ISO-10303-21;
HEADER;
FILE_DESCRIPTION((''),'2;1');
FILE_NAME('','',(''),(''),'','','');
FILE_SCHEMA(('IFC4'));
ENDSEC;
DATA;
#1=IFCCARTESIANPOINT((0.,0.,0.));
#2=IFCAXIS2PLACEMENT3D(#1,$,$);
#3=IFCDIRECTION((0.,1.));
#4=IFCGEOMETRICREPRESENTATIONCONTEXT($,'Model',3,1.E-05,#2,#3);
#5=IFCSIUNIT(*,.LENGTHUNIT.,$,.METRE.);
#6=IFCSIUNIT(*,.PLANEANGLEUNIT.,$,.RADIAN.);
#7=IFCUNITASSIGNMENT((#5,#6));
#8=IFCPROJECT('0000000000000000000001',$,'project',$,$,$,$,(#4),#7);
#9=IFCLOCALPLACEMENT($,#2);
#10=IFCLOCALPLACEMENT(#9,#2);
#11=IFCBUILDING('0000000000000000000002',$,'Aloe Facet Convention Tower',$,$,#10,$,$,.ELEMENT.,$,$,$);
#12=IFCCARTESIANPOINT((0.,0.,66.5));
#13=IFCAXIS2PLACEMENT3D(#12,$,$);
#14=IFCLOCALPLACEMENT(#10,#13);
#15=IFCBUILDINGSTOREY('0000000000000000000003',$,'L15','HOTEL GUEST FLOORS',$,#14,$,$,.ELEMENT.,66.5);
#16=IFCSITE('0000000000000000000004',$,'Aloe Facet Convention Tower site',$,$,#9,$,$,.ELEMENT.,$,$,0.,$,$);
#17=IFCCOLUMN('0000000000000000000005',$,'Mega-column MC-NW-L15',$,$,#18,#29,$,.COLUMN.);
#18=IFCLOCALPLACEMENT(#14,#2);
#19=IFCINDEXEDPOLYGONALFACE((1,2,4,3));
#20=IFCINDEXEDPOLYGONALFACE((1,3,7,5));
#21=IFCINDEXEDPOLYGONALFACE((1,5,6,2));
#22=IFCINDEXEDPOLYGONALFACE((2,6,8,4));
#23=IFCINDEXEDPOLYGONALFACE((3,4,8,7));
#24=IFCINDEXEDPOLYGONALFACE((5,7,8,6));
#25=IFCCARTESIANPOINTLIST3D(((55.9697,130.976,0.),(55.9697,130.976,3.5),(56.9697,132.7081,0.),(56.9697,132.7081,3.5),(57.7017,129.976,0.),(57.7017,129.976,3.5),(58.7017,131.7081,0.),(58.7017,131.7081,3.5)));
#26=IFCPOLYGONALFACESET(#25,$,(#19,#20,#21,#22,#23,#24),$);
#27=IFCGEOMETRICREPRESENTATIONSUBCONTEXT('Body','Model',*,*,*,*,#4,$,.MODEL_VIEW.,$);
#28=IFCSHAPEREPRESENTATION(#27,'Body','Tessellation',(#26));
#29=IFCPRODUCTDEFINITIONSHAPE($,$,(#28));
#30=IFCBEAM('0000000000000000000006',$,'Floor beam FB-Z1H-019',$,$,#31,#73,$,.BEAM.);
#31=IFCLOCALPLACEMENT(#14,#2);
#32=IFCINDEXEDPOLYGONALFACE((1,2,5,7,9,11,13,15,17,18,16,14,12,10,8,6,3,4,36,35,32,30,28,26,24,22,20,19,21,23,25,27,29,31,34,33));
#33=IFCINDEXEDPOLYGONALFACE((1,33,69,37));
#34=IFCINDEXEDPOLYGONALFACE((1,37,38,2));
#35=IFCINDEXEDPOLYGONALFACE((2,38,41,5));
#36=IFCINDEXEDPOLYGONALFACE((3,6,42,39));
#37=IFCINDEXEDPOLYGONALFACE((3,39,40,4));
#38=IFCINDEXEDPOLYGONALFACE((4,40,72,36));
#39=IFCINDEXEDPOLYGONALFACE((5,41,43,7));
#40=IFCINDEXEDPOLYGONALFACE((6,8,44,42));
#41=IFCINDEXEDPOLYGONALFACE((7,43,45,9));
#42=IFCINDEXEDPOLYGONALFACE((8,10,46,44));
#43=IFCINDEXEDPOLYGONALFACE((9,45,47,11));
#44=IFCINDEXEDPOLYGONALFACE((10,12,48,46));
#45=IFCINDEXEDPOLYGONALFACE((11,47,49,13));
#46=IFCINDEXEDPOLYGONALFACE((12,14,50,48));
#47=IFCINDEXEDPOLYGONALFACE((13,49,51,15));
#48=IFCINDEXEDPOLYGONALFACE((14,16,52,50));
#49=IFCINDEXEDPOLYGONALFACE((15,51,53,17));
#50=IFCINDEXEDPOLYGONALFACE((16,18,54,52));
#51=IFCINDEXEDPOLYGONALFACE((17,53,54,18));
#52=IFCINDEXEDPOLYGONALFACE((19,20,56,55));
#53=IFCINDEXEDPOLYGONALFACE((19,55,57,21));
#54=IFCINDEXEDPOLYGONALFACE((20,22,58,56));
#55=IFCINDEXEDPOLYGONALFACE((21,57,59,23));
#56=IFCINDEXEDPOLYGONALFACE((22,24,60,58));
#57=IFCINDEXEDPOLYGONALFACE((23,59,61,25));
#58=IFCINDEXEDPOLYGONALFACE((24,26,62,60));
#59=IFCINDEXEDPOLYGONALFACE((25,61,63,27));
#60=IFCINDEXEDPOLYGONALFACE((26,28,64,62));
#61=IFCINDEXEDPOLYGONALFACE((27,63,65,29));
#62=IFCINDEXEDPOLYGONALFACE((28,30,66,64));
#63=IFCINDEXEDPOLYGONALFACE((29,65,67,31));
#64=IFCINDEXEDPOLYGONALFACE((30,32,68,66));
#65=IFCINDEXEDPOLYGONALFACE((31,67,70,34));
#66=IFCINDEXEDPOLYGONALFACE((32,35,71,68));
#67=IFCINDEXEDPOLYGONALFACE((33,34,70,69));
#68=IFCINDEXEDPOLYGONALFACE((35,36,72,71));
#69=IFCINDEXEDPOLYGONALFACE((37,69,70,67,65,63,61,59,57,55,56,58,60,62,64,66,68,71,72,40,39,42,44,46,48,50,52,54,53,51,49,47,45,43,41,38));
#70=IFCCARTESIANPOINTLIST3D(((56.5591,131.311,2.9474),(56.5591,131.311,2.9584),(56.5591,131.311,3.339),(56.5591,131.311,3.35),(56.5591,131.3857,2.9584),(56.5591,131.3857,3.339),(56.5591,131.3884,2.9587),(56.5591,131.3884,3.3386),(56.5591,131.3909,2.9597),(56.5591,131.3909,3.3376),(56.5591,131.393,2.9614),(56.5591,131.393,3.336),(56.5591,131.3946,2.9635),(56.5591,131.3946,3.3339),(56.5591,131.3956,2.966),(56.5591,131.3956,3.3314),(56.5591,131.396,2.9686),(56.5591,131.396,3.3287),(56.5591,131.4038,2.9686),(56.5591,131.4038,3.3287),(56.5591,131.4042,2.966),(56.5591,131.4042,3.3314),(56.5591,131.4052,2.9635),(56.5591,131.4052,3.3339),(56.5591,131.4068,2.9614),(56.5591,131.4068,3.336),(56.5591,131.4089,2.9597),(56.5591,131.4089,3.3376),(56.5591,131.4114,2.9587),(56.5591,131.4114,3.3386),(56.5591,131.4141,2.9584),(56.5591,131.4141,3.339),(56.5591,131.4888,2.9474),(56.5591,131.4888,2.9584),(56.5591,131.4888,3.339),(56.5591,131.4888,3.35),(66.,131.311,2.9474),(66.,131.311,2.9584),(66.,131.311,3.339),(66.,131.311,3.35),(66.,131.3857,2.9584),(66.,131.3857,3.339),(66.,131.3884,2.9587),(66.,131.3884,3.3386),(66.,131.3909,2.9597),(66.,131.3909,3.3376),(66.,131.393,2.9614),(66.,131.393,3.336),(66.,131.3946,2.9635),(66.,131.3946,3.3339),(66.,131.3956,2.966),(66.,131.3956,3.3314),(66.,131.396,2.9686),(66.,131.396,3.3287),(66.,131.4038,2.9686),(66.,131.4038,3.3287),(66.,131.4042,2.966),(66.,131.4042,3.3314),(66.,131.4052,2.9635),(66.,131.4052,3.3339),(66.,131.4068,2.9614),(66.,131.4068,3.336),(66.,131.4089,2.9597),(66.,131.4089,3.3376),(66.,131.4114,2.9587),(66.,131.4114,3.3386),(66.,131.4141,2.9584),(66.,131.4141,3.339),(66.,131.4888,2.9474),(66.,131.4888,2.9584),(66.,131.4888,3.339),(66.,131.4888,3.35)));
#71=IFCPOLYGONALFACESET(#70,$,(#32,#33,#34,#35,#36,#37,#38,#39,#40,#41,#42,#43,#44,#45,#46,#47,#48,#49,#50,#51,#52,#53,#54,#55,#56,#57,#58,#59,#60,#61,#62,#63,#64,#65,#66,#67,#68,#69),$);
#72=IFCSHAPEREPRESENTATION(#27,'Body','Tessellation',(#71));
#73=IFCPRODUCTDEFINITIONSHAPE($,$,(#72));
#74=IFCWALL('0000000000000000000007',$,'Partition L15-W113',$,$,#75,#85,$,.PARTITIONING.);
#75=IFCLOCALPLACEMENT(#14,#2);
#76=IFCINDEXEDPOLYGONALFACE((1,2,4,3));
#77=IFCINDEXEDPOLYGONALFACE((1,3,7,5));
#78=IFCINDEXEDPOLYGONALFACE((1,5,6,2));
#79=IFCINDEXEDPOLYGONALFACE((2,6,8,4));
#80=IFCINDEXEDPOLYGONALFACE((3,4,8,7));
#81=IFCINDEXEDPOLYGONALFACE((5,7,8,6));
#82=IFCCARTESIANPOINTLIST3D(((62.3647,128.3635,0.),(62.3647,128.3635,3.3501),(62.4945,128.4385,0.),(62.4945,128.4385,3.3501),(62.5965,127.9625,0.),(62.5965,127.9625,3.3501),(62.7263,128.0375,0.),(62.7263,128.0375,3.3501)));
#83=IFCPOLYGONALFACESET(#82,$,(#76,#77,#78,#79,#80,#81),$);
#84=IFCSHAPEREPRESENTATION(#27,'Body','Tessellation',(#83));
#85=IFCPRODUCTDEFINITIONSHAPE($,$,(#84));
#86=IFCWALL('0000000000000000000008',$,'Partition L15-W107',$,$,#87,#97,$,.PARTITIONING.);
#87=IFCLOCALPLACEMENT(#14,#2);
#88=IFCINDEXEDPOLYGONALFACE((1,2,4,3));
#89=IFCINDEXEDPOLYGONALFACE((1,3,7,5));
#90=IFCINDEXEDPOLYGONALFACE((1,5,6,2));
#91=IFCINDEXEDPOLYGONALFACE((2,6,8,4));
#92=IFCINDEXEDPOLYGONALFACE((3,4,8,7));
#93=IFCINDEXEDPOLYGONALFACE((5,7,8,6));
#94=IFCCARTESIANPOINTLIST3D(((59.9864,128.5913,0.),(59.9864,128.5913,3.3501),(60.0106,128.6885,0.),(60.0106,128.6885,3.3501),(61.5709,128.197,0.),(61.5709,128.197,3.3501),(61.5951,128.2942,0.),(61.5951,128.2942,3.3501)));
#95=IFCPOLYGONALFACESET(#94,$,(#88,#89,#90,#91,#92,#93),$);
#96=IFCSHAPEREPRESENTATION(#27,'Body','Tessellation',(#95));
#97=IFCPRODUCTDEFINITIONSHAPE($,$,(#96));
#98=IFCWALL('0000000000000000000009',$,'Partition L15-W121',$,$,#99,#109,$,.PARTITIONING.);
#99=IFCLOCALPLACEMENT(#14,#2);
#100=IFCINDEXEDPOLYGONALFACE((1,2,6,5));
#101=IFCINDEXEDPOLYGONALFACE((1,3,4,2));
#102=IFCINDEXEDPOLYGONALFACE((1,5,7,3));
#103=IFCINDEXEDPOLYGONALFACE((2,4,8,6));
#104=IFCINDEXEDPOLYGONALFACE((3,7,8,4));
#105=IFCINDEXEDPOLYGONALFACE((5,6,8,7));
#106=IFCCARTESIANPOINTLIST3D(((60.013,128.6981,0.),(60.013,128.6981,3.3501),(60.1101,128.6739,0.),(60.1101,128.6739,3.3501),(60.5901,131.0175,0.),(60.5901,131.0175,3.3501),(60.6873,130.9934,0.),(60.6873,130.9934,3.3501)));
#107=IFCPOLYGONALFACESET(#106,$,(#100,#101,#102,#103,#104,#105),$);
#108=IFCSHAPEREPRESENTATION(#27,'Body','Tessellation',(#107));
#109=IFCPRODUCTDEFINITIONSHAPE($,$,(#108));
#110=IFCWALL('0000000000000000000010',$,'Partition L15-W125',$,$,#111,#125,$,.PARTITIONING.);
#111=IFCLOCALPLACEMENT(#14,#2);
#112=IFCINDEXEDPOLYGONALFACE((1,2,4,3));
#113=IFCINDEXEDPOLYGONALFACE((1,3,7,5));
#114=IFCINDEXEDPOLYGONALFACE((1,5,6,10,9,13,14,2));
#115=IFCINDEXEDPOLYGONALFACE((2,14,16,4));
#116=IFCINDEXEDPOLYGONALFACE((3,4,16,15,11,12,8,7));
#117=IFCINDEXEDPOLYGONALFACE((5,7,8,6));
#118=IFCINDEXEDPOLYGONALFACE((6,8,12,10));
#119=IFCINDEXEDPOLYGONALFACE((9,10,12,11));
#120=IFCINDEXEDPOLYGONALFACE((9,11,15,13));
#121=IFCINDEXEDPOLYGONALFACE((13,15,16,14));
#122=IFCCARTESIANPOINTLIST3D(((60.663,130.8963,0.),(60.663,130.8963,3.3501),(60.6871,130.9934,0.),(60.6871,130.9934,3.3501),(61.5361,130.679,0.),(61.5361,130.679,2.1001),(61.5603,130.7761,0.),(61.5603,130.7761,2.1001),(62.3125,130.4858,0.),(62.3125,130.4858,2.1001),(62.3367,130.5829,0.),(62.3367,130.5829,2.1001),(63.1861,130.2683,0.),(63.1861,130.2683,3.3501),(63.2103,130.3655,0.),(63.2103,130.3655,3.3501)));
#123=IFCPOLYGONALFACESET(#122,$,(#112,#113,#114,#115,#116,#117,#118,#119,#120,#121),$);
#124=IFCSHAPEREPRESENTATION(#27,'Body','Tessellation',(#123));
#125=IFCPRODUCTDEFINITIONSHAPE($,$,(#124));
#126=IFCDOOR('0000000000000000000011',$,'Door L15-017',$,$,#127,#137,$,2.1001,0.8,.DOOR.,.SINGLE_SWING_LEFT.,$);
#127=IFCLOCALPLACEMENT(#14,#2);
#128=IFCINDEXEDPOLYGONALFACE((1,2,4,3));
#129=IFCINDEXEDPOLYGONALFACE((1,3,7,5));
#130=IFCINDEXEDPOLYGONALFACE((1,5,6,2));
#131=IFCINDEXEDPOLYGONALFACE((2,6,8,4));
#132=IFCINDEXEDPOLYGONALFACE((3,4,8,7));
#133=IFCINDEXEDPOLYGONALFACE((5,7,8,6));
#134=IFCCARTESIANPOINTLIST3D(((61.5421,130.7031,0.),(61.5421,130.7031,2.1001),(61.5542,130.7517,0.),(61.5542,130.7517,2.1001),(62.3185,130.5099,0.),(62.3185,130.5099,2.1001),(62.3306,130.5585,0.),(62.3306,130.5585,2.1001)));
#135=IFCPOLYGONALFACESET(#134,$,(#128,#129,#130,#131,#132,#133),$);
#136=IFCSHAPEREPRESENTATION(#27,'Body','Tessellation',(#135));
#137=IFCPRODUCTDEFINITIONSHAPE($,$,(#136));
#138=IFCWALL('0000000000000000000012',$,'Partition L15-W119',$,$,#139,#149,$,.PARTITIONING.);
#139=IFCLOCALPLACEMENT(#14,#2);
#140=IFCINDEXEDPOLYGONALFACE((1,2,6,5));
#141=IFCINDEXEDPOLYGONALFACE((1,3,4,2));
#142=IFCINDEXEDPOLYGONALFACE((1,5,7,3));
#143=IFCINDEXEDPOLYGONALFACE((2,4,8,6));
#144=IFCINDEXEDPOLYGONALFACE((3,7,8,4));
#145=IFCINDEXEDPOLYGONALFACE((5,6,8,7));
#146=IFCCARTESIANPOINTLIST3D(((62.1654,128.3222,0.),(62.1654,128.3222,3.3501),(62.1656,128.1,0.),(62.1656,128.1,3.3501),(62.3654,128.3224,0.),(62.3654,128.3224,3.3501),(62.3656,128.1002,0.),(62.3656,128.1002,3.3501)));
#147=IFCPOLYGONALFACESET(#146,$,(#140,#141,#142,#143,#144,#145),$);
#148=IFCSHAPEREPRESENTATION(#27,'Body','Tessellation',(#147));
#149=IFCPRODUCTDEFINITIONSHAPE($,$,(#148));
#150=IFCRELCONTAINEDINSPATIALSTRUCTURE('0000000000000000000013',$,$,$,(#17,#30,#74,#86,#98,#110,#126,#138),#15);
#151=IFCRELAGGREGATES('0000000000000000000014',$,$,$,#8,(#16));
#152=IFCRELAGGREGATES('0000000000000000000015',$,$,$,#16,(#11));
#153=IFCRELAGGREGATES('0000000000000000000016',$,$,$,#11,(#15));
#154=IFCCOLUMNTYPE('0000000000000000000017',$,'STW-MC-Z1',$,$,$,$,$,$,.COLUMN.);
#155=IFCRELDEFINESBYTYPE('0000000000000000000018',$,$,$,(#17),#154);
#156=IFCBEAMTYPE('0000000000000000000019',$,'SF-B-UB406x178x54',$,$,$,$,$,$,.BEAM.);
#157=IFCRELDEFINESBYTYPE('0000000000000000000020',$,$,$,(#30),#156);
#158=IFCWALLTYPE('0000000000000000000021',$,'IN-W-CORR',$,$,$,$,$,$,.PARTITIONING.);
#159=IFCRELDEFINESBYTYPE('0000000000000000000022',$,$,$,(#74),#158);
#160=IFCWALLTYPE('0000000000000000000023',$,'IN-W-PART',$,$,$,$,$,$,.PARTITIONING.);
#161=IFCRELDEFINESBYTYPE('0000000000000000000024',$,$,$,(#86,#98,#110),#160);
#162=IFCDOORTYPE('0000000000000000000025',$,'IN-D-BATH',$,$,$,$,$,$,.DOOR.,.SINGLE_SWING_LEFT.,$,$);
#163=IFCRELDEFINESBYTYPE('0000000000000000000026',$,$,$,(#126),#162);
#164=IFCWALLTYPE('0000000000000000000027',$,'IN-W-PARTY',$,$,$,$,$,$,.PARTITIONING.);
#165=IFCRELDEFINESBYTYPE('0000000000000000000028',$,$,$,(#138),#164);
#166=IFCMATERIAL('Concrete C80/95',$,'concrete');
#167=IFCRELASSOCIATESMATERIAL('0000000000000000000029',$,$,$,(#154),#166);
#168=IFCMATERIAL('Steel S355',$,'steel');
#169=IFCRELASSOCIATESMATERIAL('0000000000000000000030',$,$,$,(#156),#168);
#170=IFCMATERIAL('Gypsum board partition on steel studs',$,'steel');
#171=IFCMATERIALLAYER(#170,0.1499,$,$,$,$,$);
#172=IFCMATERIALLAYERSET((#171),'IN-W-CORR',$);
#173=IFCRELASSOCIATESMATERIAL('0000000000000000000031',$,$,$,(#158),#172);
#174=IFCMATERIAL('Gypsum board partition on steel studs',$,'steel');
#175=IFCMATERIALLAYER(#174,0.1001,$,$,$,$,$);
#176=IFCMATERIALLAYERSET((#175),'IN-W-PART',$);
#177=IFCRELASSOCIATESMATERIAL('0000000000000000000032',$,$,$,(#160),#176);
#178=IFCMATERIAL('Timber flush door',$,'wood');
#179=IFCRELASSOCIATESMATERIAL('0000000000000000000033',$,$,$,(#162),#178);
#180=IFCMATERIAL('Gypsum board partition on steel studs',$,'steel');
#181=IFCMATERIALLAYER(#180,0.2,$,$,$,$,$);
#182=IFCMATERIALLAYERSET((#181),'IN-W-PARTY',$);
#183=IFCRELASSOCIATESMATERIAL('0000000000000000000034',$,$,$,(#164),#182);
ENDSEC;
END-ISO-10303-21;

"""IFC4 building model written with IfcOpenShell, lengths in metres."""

from ifc_helpers import new_model, si_unit, direction, frame, frame_2d, origin, origin_2d, place, context, subcontext, project, spatial, rectangle, i_section, extrude, material, layer, layer_set, material_profile, profile_set, type_object, element, fill, save


model = new_model("IFC4")

# Units and contexts
model_context = context("Model", 3, precision=1e-05, world=origin(), true_north=direction((0.0, 1.0)))
body_context = subcontext(model_context, "Body", "Model", "MODEL_VIEW")
ifc_project = project(units=[si_unit("LENGTHUNIT", "METRE"), si_unit("PLANEANGLEUNIT", "RADIAN")], contexts=[model_context])

# Site, building, storey
site_placement = place(None, origin())
site = spatial("IfcSite", under=ifc_project, at=site_placement, Name="Aloe Facet Convention Tower site", CompositionType="ELEMENT", RefElevation=0.0)
building_placement = place(site_placement, origin())
building = spatial("IfcBuilding", under=site, at=building_placement, Name="Aloe Facet Convention Tower", CompositionType="ELEMENT")
storey_placement = place(building_placement, frame((0.0, 0.0, 66.5)))
storey = spatial("IfcBuildingStorey", under=building, at=storey_placement, Name="L15", Description="HOTEL GUEST FLOORS", CompositionType="ELEMENT", Elevation=66.5)

# Column
ifc_material_1 = material(Name="Concrete C80/95", Category="concrete")
ifc_material_profile_1 = material_profile(ifc_material_1, rectangle(XDim=2.0, YDim=2.0, at=origin_2d()), Name="STW-MC-Z1")
ifc_profile_set_1 = profile_set([ifc_material_profile_1], Name="Concrete C80/95")
column_type = type_object("IfcColumnType", Name="STW-MC-Z1", PredefinedType="COLUMN", material=ifc_profile_set_1)
column_placement = place(storey_placement, frame((57.3357, 131.342, 0.0), z_axis=(0.0, 0.0, 1.0), x_axis=(-0.5, -0.866025, 0.0)))
element("IfcColumn", 1, at=column_placement, inside=storey, type_object=column_type, Name="Mega-column MC-NW-L15", PredefinedType="COLUMN", context=body_context, shape_type="SweptSolid", body=[
    extrude(rectangle(XDim=2.0, YDim=2.0, at=origin_2d()), origin(), (0.0, 0.0, 1.0), 3.5),
])

# Beam
ifc_material_2 = material(Name="Steel S355", Category="steel")
ifc_material_profile_2 = material_profile(ifc_material_2, i_section(OverallWidth=0.1777, OverallDepth=0.4026, WebThickness=0.0078, FlangeThickness=0.011, FilletRadius=0.0103, at=origin_2d()), Name="UB 406x178x54")
ifc_profile_set_2 = profile_set([ifc_material_profile_2], Name="Steel S355")
beam_type = type_object("IfcBeamType", Name="SF-B-UB406x178x54", PredefinedType="BEAM", material=ifc_profile_set_2)
beam_placement = place(storey_placement, frame((56.5591, 131.3999, 3.1487), z_axis=(1.0, 0.0, 0.0), x_axis=(0.0, 1.0, 0.0)))
element("IfcBeam", 2, at=beam_placement, inside=storey, type_object=beam_type, Name="Floor beam FB-Z1H-019", PredefinedType="BEAM", context=body_context, shape_type="SweptSolid", body=[
    extrude(i_section(OverallWidth=0.1777, OverallDepth=0.4026, WebThickness=0.0078, FlangeThickness=0.011, FilletRadius=0.0103, at=origin_2d()), origin(), (0.0, 0.0, 1.0), 9.4409),
])

# Walls
ifc_material_3 = material(Name="Gypsum board partition on steel studs", Category="steel")
ifc_layer_1 = layer(ifc_material_3, 0.1499)
ifc_layer_set_1 = layer_set([ifc_layer_1], Name="IN-W-CORR")
wall_type_1 = type_object("IfcWallType", Name="IN-W-CORR", PredefinedType="PARTITIONING", material=ifc_layer_set_1)
wall_1_placement = place(storey_placement, frame((62.4297, 128.4009, 0.0), z_axis=(0.0, 0.0, 1.0), x_axis=(0.500392, -0.865799, 0.0)))
element("IfcWall", 3, at=wall_1_placement, inside=storey, type_object=wall_type_1, Name="Partition L15-W113", PredefinedType="PARTITIONING", context=body_context, shape_type="SweptSolid", body=[
    extrude(rectangle(XDim=0.4631, YDim=0.1499, at=frame_2d((0.2314, 0.0))), origin(), (0.0, 0.0, 1.0), 3.3501),
])
ifc_material_4 = material(Name="Gypsum board partition on steel studs", Category="steel")
ifc_layer_2 = layer(ifc_material_4, 0.1001)
ifc_layer_set_2 = layer_set([ifc_layer_2], Name="IN-W-PART")
wall_type_2 = type_object("IfcWallType", Name="IN-W-PART", PredefinedType="PARTITIONING", material=ifc_layer_set_2)
wall_2_placement = place(storey_placement, frame((59.9985, 128.6399, 0.0), z_axis=(0.0, 0.0, 1.0), x_axis=(0.970406, -0.24148, 0.0)))
element("IfcWall", 4, at=wall_2_placement, inside=storey, type_object=wall_type_2, Name="Partition L15-W107", PredefinedType="PARTITIONING", context=body_context, shape_type="SweptSolid", body=[
    extrude(rectangle(XDim=1.6328, YDim=0.1001, at=frame_2d((0.8164, 0.0))), origin(), (0.0, 0.0, 1.0), 3.3501),
])
wall_3_placement = place(storey_placement, frame((60.0615, 128.686, 0.0), z_axis=(0.0, 0.0, 1.0), x_axis=(0.241478, 0.970406, 0.0)))
element("IfcWall", 5, at=wall_3_placement, inside=storey, type_object=wall_type_2, Name="Partition L15-W121", PredefinedType="PARTITIONING", context=body_context, shape_type="SweptSolid", body=[
    extrude(rectangle(XDim=2.3901, YDim=0.1001, at=frame_2d((1.1951, 0.0))), origin(), (0.0, 0.0, 1.0), 3.3501),
])

# Wall, opening, door
wall_4_placement = place(storey_placement, frame((60.675, 130.9448, 0.0), z_axis=(0.0, 0.0, 1.0), x_axis=(0.970402, -0.241497, 0.0)))
wall_4 = element("IfcWall", 6, at=wall_4_placement, inside=storey, type_object=wall_type_2, Name="Partition L15-W125", PredefinedType="PARTITIONING", context=body_context, shape_type="SweptSolid", body=[
    extrude(rectangle(XDim=2.6001, YDim=0.1001, at=frame_2d((1.3, 0.0))), origin(), (0.0, 0.0, 1.0), 3.3501),
])
opening_1_placement = place(wall_4_placement, frame((0.8999, 0.0, 0.0)))
opening_1 = element("IfcOpeningElement", 7, at=opening_1_placement, cuts=wall_4, PredefinedType="OPENING", context=body_context, shape_type="SweptSolid", body=[
    extrude(rectangle(XDim=0.8, YDim=2.1001, at=frame_2d((0.3999, 1.05))), frame((0.0, 0.0601, 0.0), z_axis=(0.0, -1.0, 0.0), x_axis=(1.0, 0.0, 0.0)), (0.0, 0.0, 1.0), 0.1201),
])
ifc_material_5 = material(Name="Timber flush door", Category="wood")
door_type = type_object("IfcDoorType", Name="IN-D-BATH", OperationType="SINGLE_SWING_LEFT", PredefinedType="DOOR", material=ifc_material_5)
door_placement = place(opening_1_placement, origin())
door = element("IfcDoor", 8, at=door_placement, inside=storey, type_object=door_type, Name="Door L15-017", OperationType="SINGLE_SWING_LEFT", OverallHeight=2.1001, OverallWidth=0.8, PredefinedType="DOOR", context=body_context, shape_type="SweptSolid", body=[
    extrude(rectangle(XDim=0.8, YDim=2.1001, at=frame_2d((0.3999, 1.05))), frame((0.0, 0.0249, 0.0), z_axis=(0.0, -1.0, 0.0), x_axis=(1.0, 0.0, 0.0)), (0.0, 0.0, 1.0), 0.05),
])
fill(opening_1, door)

# Wall
ifc_material_6 = material(Name="Gypsum board partition on steel studs", Category="steel")
ifc_layer_3 = layer(ifc_material_6, 0.2)
ifc_layer_set_3 = layer_set([ifc_layer_3], Name="IN-W-PARTY")
wall_type_3 = type_object("IfcWallType", Name="IN-W-PARTY", PredefinedType="PARTITIONING", material=ifc_layer_set_3)
wall_5_placement = place(storey_placement, frame((62.2656, 128.1001, 0.0), z_axis=(0.0, 0.0, 1.0), x_axis=(-0.001099, 0.999999, 0.0)))
element("IfcWall", 9, at=wall_5_placement, inside=storey, type_object=wall_type_3, Name="Partition L15-W119", PredefinedType="PARTITIONING", context=body_context, shape_type="SweptSolid", body=[
    extrude(rectangle(XDim=0.2222, YDim=0.2, at=frame_2d((0.1111, 0.0))), origin(), (0.0, 0.0, 1.0), 3.3501),
])

save(model, "model.ifc")
